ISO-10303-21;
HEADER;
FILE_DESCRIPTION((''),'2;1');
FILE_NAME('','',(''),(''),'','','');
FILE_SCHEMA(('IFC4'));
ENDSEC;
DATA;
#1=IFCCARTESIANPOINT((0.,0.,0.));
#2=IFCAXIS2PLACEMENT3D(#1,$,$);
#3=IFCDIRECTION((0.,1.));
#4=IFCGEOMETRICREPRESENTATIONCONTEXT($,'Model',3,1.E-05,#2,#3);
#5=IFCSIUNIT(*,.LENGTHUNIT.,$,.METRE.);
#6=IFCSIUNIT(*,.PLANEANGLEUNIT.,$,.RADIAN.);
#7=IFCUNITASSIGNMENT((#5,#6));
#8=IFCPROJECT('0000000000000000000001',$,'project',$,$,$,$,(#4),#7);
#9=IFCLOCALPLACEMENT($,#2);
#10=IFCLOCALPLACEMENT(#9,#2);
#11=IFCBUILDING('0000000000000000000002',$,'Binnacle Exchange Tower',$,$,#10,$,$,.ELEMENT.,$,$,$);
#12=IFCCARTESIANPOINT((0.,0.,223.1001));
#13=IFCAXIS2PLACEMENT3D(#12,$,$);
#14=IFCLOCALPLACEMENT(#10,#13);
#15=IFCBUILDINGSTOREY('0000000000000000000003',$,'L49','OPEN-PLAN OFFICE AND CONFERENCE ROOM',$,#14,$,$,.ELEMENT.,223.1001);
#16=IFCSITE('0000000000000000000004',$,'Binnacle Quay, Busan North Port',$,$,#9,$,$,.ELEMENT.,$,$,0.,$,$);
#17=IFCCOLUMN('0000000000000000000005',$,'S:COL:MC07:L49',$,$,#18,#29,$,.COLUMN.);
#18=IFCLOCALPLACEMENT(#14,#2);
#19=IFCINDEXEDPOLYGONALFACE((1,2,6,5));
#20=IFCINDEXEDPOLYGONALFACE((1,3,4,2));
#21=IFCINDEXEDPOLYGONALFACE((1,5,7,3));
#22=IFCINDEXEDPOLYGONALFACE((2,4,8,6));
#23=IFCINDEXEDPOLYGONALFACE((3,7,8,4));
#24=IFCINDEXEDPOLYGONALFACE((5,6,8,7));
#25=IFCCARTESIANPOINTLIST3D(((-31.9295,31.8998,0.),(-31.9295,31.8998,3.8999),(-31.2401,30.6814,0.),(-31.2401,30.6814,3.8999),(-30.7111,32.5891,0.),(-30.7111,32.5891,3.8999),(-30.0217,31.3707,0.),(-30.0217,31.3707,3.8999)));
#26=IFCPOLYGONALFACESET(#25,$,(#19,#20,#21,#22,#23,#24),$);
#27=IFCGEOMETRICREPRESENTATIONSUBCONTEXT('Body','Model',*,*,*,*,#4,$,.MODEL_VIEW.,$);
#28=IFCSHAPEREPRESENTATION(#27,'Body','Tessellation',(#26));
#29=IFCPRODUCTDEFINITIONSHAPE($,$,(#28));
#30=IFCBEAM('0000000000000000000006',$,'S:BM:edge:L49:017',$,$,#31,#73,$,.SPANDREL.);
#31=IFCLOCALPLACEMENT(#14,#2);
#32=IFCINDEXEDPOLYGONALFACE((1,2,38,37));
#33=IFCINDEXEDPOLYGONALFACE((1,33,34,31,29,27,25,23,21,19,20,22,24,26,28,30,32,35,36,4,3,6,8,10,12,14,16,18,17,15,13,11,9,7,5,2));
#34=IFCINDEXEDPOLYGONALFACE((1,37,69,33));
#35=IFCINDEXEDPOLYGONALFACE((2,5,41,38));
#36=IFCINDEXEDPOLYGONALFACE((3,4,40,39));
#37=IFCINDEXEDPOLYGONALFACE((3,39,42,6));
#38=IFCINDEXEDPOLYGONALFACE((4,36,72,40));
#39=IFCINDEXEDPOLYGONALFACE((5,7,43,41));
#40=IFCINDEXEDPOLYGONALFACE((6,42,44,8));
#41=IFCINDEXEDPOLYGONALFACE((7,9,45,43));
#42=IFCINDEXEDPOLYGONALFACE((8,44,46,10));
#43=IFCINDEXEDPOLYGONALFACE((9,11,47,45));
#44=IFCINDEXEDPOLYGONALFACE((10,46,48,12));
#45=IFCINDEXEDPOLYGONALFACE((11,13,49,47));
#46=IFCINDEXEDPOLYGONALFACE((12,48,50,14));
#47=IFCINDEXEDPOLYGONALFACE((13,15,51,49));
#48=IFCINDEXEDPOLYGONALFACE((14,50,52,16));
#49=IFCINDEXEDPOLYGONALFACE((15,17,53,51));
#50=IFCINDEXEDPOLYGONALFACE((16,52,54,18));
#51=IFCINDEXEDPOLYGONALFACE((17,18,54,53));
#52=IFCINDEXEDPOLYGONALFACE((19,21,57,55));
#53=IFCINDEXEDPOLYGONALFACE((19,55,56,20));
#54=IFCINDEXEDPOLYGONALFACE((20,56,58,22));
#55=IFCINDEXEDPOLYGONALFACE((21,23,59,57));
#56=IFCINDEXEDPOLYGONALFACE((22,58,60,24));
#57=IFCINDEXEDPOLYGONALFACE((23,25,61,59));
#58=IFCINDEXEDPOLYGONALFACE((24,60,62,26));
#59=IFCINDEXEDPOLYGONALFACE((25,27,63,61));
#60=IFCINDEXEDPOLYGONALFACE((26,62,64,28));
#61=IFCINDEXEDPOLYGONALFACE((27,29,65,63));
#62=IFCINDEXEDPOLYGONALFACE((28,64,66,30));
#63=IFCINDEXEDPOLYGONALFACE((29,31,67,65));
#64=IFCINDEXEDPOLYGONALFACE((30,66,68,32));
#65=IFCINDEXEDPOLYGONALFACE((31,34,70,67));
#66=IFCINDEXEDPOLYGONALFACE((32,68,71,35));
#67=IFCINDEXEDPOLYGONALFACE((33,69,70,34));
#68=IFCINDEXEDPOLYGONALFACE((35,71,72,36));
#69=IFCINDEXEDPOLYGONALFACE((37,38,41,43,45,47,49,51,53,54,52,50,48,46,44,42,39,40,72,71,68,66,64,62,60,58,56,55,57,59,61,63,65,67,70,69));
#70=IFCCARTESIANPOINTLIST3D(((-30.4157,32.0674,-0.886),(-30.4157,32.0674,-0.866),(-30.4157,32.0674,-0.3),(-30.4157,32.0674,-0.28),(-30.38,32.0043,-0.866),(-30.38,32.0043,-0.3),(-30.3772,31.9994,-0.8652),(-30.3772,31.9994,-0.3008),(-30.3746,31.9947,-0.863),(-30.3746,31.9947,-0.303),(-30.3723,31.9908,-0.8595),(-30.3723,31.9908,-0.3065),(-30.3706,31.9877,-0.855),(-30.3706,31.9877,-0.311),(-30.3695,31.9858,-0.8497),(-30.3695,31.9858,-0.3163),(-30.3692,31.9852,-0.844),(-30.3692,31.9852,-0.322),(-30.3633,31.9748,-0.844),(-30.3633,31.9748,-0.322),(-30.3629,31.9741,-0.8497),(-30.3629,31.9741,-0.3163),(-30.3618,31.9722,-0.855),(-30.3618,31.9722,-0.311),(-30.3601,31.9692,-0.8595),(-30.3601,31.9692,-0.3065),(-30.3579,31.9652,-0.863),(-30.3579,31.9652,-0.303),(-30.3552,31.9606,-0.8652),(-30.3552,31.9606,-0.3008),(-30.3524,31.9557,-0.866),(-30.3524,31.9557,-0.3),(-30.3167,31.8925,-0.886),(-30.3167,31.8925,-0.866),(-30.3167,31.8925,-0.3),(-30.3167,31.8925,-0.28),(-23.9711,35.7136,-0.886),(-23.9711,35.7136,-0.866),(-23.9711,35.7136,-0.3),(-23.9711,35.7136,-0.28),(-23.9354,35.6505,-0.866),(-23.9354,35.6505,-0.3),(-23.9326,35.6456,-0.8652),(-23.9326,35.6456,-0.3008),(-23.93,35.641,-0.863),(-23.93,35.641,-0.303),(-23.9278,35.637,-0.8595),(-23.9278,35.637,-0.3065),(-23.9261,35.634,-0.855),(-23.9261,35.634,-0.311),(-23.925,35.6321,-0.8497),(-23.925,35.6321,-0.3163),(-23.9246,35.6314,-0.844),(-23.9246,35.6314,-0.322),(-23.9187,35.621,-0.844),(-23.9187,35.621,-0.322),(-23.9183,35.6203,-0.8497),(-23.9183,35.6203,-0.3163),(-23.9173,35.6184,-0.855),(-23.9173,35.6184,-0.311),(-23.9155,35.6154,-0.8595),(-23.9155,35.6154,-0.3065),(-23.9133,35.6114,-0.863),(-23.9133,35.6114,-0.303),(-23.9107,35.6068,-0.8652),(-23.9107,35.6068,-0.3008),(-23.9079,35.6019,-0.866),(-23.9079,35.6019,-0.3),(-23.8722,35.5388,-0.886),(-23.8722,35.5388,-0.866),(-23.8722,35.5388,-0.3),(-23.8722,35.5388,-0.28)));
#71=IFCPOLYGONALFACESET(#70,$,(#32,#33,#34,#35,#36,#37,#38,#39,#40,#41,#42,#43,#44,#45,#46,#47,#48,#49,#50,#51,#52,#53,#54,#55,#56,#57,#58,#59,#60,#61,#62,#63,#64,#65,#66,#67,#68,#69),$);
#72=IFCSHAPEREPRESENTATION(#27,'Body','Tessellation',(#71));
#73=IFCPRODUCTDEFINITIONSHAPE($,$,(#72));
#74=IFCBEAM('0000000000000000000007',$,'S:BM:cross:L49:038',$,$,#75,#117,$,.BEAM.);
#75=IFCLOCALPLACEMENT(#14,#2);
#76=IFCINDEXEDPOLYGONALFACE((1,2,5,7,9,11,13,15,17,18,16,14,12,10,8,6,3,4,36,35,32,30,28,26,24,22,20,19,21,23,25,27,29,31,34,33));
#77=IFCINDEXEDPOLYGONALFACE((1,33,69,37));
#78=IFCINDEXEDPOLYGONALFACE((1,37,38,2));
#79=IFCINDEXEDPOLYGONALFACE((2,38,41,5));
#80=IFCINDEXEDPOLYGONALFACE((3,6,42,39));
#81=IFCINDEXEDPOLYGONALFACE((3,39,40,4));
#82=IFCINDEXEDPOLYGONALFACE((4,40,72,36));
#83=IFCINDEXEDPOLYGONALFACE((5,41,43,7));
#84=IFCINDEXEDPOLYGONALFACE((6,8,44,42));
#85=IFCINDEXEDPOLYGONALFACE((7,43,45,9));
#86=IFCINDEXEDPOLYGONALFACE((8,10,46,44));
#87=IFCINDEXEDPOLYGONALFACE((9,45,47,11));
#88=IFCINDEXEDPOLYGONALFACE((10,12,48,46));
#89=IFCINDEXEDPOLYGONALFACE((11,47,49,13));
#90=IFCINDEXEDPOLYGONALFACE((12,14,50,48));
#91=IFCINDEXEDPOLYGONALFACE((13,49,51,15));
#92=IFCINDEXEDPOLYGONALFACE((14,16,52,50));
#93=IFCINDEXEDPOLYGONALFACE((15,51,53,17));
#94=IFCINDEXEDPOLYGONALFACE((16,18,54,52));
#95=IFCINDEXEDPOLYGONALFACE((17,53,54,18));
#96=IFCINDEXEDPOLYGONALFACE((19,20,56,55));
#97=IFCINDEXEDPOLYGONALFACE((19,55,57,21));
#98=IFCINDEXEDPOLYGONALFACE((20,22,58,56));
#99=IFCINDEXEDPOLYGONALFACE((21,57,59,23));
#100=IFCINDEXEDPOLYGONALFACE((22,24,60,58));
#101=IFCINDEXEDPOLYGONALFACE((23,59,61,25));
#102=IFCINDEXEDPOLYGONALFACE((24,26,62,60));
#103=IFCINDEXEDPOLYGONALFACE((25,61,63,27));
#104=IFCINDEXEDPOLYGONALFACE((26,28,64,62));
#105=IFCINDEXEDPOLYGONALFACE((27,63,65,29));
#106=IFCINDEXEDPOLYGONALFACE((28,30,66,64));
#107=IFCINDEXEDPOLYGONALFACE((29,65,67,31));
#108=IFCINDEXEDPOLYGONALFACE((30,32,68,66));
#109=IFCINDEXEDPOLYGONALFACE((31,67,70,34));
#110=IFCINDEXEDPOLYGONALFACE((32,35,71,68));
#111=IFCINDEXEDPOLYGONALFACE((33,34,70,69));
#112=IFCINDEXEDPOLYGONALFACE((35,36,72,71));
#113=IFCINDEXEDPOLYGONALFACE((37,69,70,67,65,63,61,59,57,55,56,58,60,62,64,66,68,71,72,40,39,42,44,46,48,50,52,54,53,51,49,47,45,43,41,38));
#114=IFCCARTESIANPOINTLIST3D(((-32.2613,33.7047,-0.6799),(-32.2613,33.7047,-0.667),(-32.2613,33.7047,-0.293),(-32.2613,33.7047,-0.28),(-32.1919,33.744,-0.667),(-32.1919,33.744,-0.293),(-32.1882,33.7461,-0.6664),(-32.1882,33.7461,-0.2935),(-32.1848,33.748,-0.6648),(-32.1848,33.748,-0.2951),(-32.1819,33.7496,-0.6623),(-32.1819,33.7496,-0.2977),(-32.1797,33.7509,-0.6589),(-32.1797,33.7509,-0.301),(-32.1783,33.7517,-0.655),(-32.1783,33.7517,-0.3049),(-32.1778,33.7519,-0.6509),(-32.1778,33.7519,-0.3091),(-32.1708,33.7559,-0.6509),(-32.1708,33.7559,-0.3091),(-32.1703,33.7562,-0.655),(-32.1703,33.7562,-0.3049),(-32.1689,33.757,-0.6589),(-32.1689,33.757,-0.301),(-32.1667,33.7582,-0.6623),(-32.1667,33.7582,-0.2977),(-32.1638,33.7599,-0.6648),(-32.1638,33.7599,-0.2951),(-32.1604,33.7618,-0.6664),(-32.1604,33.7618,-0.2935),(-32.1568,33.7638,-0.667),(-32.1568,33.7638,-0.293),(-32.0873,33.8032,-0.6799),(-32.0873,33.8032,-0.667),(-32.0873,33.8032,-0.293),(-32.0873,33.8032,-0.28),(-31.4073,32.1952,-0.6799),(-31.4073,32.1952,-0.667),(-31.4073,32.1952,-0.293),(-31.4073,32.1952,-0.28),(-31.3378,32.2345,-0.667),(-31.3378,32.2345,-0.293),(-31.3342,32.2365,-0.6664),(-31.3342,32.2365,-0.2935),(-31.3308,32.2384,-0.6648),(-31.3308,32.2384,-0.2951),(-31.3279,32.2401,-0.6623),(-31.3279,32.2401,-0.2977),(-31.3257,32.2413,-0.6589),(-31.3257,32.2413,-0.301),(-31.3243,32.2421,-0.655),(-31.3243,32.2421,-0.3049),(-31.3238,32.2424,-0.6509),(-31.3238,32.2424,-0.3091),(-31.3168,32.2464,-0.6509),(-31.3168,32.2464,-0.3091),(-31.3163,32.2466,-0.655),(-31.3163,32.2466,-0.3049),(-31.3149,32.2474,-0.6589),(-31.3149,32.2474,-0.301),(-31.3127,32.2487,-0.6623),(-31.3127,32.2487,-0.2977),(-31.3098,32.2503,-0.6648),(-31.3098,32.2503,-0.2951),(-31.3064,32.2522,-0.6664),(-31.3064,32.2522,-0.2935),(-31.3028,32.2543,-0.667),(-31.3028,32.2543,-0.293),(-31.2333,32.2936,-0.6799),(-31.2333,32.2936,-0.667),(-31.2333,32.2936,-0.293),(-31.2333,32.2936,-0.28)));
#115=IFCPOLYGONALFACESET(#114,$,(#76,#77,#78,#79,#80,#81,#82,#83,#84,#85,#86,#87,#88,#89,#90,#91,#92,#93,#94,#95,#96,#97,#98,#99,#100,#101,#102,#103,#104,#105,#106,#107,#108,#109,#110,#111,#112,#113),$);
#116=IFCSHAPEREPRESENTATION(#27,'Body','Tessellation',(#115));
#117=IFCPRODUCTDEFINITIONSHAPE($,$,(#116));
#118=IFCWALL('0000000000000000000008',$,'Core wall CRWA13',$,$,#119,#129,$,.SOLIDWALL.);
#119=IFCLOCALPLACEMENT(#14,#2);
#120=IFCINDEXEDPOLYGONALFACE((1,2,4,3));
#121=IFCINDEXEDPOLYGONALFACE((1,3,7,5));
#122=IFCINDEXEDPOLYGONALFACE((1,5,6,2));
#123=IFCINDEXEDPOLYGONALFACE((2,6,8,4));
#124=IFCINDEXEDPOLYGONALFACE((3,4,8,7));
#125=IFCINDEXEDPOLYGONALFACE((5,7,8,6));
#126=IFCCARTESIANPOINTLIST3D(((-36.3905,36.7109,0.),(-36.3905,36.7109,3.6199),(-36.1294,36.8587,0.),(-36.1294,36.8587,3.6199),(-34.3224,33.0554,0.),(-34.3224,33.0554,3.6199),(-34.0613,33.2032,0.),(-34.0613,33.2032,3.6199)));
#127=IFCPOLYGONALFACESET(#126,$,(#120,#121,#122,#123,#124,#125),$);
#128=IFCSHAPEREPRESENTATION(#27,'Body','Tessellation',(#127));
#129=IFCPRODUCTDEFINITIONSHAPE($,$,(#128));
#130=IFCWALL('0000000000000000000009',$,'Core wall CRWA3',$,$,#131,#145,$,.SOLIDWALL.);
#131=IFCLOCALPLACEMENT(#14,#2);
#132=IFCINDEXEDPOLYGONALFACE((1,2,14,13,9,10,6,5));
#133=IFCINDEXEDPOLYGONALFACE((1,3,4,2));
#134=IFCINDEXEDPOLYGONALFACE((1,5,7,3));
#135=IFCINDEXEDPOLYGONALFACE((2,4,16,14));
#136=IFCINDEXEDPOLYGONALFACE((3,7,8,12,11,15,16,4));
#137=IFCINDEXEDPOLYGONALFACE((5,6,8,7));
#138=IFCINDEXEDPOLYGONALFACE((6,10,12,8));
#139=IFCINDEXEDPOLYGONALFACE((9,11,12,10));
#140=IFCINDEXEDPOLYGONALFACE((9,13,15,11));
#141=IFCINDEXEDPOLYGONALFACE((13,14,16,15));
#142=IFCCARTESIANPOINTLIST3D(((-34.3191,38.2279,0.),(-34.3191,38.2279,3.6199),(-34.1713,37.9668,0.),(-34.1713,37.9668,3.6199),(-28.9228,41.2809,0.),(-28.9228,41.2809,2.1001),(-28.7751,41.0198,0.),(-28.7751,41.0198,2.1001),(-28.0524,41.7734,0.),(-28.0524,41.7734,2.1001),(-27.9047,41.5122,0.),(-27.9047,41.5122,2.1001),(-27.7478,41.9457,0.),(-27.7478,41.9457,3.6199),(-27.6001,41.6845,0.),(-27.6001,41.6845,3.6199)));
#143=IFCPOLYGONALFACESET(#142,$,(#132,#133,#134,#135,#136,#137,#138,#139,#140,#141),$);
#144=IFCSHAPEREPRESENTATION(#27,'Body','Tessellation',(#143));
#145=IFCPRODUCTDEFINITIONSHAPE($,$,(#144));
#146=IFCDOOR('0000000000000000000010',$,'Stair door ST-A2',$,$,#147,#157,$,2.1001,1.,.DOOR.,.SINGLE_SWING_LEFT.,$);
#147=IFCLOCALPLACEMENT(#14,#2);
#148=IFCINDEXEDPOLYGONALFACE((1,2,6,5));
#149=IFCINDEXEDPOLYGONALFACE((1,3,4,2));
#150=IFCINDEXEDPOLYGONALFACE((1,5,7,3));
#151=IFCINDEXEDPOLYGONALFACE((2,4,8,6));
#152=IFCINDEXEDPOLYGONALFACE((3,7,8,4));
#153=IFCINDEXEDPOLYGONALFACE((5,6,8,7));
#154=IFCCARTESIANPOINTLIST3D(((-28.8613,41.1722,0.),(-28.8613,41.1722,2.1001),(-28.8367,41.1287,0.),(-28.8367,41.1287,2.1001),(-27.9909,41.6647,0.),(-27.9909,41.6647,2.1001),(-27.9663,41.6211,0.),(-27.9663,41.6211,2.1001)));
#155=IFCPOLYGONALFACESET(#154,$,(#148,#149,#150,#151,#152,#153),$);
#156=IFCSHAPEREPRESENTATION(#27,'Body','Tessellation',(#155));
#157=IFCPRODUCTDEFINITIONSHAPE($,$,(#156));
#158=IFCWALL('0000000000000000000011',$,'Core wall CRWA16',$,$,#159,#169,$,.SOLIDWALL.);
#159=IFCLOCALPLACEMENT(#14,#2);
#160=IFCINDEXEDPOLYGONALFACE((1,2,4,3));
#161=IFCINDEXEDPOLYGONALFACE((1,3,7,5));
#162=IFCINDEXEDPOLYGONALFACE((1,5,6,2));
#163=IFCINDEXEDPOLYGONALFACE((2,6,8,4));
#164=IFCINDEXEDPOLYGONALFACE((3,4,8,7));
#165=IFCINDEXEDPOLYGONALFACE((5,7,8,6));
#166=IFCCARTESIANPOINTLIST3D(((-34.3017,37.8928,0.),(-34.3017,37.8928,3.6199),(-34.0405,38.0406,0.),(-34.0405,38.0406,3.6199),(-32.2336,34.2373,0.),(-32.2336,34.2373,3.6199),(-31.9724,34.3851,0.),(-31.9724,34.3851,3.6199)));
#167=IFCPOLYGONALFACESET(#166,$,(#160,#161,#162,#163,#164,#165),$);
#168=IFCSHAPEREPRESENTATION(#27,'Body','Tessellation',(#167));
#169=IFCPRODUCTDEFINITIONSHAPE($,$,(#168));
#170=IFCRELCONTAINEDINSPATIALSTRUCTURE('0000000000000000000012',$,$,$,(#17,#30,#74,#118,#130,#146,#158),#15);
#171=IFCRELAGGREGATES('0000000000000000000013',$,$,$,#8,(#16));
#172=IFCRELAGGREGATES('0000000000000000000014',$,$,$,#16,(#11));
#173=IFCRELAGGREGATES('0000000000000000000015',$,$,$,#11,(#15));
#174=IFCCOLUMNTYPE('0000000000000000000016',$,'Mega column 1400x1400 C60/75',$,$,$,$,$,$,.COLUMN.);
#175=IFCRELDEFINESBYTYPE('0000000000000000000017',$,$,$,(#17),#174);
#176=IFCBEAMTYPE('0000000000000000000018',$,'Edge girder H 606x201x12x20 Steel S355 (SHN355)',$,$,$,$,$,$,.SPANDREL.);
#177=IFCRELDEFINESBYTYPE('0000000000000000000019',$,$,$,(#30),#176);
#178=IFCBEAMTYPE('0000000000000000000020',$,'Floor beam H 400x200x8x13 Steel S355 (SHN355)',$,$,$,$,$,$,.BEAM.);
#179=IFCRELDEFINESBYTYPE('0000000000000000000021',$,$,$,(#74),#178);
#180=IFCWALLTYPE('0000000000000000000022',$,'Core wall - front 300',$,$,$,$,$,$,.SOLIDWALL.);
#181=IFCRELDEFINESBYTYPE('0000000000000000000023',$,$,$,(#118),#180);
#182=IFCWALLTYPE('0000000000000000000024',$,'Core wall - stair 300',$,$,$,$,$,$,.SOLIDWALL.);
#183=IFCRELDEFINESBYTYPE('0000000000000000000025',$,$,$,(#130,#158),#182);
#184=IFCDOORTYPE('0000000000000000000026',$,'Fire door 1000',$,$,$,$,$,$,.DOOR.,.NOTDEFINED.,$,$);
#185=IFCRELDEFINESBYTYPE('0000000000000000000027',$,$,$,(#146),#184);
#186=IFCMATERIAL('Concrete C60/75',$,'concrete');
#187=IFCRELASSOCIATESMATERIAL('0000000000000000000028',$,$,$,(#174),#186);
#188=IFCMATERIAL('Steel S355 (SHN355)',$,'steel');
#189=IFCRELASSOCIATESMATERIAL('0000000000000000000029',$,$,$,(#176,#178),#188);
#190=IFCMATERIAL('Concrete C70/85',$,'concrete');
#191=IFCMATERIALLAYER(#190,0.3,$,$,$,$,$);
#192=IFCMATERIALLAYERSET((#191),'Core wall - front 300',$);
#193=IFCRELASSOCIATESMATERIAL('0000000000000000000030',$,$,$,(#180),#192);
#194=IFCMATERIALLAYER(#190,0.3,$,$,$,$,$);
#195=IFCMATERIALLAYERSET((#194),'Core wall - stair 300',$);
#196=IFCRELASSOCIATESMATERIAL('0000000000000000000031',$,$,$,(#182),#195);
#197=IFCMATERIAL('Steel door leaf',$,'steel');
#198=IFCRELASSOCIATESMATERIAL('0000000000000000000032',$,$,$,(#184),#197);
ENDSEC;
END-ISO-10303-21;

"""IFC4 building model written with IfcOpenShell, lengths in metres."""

from ifc_helpers import new_model, si_unit, direction, frame, frame_2d, origin, origin_2d, place, context, subcontext, project, spatial, rectangle, i_section, extrude, material, layer, layer_set, material_profile, profile_set, type_object, element, fill, save


model = new_model("IFC4")

# Units and contexts
model_context = context("Model", 3, precision=1e-05, world=origin(), true_north=direction((0.0, 1.0)))
body_context = subcontext(model_context, "Body", "Model", "MODEL_VIEW")
ifc_project = project(units=[si_unit("LENGTHUNIT", "METRE"), si_unit("PLANEANGLEUNIT", "RADIAN")], contexts=[model_context])

# Site, building, storey
site_placement = place(None, origin())
site = spatial("IfcSite", under=ifc_project, at=site_placement, Name="Binnacle Quay, Busan North Port", CompositionType="ELEMENT", RefElevation=0.0)
building_placement = place(site_placement, origin())
building = spatial("IfcBuilding", under=site, at=building_placement, Name="Binnacle Exchange Tower", CompositionType="ELEMENT")
storey_placement = place(building_placement, frame((0.0, 0.0, 223.1001)))
storey = spatial("IfcBuildingStorey", under=building, at=storey_placement, Name="L49", Description="OPEN-PLAN OFFICE AND CONFERENCE ROOM", CompositionType="ELEMENT", Elevation=223.1001)

# Column
ifc_material_1 = material(Name="Concrete C60/75", Category="concrete")
ifc_material_profile_1 = material_profile(ifc_material_1, rectangle(XDim=1.3999, YDim=1.3999, at=origin_2d()), Name="Mega column 1400x1400 C60/75")
ifc_profile_set_1 = profile_set([ifc_material_profile_1], Name="Concrete C60/75")
column_type = type_object("IfcColumnType", Name="Mega column 1400x1400 C60/75", PredefinedType="COLUMN", material=ifc_profile_set_1)
column_placement = place(storey_placement, frame((-30.9756, 31.6353, 0.0), z_axis=(0.0, 0.0, 1.0), x_axis=(0.870356, 0.492424, 0.0)))
element("IfcColumn", 1, at=column_placement, inside=storey, type_object=column_type, Name="S:COL:MC07:L49", PredefinedType="COLUMN", context=body_context, shape_type="SweptSolid", body=[
    extrude(rectangle(XDim=1.3999, YDim=1.3999, at=origin_2d()), origin(), (0.0, 0.0, 1.0), 3.8999),
])

# Beams
ifc_material_2 = material(Name="Steel S355 (SHN355)", Category="steel")
ifc_material_profile_2 = material_profile(ifc_material_2, i_section(OverallWidth=0.2009, OverallDepth=0.606, WebThickness=0.012, FlangeThickness=0.02, FilletRadius=0.022, at=origin_2d()), Name="H 606x201x12x20")
ifc_profile_set_2 = profile_set([ifc_material_profile_2], Name="Steel S355 (SHN355)")
beam_type_1 = type_object("IfcBeamType", Name="Edge girder H 606x201x12x20 Steel S355 (SHN355)", PredefinedType="SPANDREL", material=ifc_profile_set_2)
beam_1_placement = place(storey_placement, frame((-30.3662, 31.98, -0.583), z_axis=(0.870352, 0.492431, 0.0), x_axis=(-0.492431, 0.870352, 0.0)))
element("IfcBeam", 2, at=beam_1_placement, inside=storey, type_object=beam_type_1, Name="S:BM:edge:L49:017", PredefinedType="SPANDREL", context=body_context, shape_type="SweptSolid", body=[
    extrude(i_section(OverallWidth=0.2009, OverallDepth=0.606, WebThickness=0.012, FlangeThickness=0.02, FilletRadius=0.022, at=origin_2d()), origin(), (0.0, 0.0, 1.0), 7.4045),
])
ifc_material_profile_3 = material_profile(ifc_material_2, i_section(OverallWidth=0.2, OverallDepth=0.3999, WebThickness=0.0081, FlangeThickness=0.0129, FilletRadius=0.0161, at=origin_2d()), Name="H 400x200x8x13")
ifc_profile_set_3 = profile_set([ifc_material_profile_3], Name="Steel S355 (SHN355)")
beam_type_2 = type_object("IfcBeamType", Name="Floor beam H 400x200x8x13 Steel S355 (SHN355)", PredefinedType="BEAM", material=ifc_profile_set_3)
beam_2_placement = place(storey_placement, frame((-31.3203, 32.2444, -0.48), z_axis=(-0.492405, 0.870366, 0.0), x_axis=(-0.870366, -0.492405, 0.0)))
element("IfcBeam", 3, at=beam_2_placement, inside=storey, type_object=beam_type_2, Name="S:BM:cross:L49:038", PredefinedType="BEAM", context=body_context, shape_type="SweptSolid", body=[
    extrude(i_section(OverallWidth=0.2, OverallDepth=0.3999, WebThickness=0.0081, FlangeThickness=0.0129, FilletRadius=0.0161, at=origin_2d()), origin(), (0.0, 0.0, 1.0), 1.7344),
])

# Wall
ifc_material_3 = material(Name="Concrete C70/85", Category="concrete")
ifc_layer_1 = layer(ifc_material_3, 0.3)
ifc_layer_set_1 = layer_set([ifc_layer_1], Name="Core wall - front 300")
wall_type_1 = type_object("IfcWallType", Name="Core wall - front 300", PredefinedType="SOLIDWALL", material=ifc_layer_set_1)
wall_1_placement = place(storey_placement, frame((-36.26, 36.7849, 0.0), z_axis=(0.0, 0.0, 1.0), x_axis=(0.49241, -0.870364, 0.0)))
element("IfcWall", 4, at=wall_1_placement, inside=storey, type_object=wall_type_1, Name="Core wall CRWA13", PredefinedType="SOLIDWALL", context=body_context, shape_type="SweptSolid", body=[
    extrude(rectangle(XDim=4.2, YDim=0.3, at=frame_2d((2.1001, 0.0))), origin(), (0.0, 0.0, 1.0), 3.6199),
])

# Wall, opening, door
ifc_layer_2 = layer(ifc_material_3, 0.3)
ifc_layer_set_2 = layer_set([ifc_layer_2], Name="Core wall - stair 300")
wall_type_2 = type_object("IfcWallType", Name="Core wall - stair 300", PredefinedType="SOLIDWALL", material=ifc_layer_set_2)
wall_2_placement = place(storey_placement, frame((-34.2451, 38.0974, 0.0), z_axis=(0.0, 0.0, 1.0), x_axis=(0.87036, 0.492415, 0.0)))
wall_2 = element("IfcWall", 5, at=wall_2_placement, inside=storey, type_object=wall_type_2, Name="Core wall CRWA3", PredefinedType="SOLIDWALL", context=body_context, shape_type="SweptSolid", body=[
    extrude(rectangle(XDim=7.55, YDim=0.3, at=frame_2d((3.7749, 0.0))), origin(), (0.0, 0.0, 1.0), 3.6199),
])
opening_placement = place(wall_2_placement, frame((6.2, 0.0, 0.0)))
opening = element("IfcOpeningElement", 6, at=opening_placement, cuts=wall_2, PredefinedType="OPENING", context=body_context, shape_type="SweptSolid", body=[
    extrude(rectangle(XDim=1.0, YDim=2.1001, at=frame_2d((0.5, 1.05))), frame((0.0, 0.1599, 0.0), z_axis=(0.0, -1.0, 0.0), x_axis=(1.0, 0.0, 0.0)), (0.0, 0.0, 1.0), 0.3201),
])
ifc_material_4 = material(Name="Steel door leaf", Category="steel")
door_type = type_object("IfcDoorType", Name="Fire door 1000", OperationType="NOTDEFINED", PredefinedType="DOOR", material=ifc_material_4)
door_placement = place(opening_placement, frame((1.0, 0.0, 0.0), z_axis=(0.0, 0.0, 1.0), x_axis=(-1.0, 0.0, 0.0)))
door = element("IfcDoor", 7, at=door_placement, inside=storey, type_object=door_type, Name="Stair door ST-A2", OperationType="SINGLE_SWING_LEFT", OverallHeight=2.1001, OverallWidth=1.0, PredefinedType="DOOR", context=body_context, shape_type="SweptSolid", body=[
    extrude(rectangle(XDim=1.0, YDim=2.1001, at=frame_2d((0.5, 1.05))), frame((0.0, 0.0249, 0.0), z_axis=(0.0, -1.0, 0.0), x_axis=(1.0, 0.0, 0.0)), (0.0, 0.0, 1.0), 0.05),
])
fill(opening, door)

# Wall
wall_3_placement = place(storey_placement, frame((-34.1711, 37.9668, 0.0), z_axis=(0.0, 0.0, 1.0), x_axis=(0.49241, -0.870364, 0.0)))
element("IfcWall", 8, at=wall_3_placement, inside=storey, type_object=wall_type_2, Name="Core wall CRWA16", PredefinedType="SOLIDWALL", context=body_context, shape_type="SweptSolid", body=[
    extrude(rectangle(XDim=4.2, YDim=0.3, at=frame_2d((2.1001, 0.0))), origin(), (0.0, 0.0, 1.0), 3.6199),
])

save(model, "model.ifc")
